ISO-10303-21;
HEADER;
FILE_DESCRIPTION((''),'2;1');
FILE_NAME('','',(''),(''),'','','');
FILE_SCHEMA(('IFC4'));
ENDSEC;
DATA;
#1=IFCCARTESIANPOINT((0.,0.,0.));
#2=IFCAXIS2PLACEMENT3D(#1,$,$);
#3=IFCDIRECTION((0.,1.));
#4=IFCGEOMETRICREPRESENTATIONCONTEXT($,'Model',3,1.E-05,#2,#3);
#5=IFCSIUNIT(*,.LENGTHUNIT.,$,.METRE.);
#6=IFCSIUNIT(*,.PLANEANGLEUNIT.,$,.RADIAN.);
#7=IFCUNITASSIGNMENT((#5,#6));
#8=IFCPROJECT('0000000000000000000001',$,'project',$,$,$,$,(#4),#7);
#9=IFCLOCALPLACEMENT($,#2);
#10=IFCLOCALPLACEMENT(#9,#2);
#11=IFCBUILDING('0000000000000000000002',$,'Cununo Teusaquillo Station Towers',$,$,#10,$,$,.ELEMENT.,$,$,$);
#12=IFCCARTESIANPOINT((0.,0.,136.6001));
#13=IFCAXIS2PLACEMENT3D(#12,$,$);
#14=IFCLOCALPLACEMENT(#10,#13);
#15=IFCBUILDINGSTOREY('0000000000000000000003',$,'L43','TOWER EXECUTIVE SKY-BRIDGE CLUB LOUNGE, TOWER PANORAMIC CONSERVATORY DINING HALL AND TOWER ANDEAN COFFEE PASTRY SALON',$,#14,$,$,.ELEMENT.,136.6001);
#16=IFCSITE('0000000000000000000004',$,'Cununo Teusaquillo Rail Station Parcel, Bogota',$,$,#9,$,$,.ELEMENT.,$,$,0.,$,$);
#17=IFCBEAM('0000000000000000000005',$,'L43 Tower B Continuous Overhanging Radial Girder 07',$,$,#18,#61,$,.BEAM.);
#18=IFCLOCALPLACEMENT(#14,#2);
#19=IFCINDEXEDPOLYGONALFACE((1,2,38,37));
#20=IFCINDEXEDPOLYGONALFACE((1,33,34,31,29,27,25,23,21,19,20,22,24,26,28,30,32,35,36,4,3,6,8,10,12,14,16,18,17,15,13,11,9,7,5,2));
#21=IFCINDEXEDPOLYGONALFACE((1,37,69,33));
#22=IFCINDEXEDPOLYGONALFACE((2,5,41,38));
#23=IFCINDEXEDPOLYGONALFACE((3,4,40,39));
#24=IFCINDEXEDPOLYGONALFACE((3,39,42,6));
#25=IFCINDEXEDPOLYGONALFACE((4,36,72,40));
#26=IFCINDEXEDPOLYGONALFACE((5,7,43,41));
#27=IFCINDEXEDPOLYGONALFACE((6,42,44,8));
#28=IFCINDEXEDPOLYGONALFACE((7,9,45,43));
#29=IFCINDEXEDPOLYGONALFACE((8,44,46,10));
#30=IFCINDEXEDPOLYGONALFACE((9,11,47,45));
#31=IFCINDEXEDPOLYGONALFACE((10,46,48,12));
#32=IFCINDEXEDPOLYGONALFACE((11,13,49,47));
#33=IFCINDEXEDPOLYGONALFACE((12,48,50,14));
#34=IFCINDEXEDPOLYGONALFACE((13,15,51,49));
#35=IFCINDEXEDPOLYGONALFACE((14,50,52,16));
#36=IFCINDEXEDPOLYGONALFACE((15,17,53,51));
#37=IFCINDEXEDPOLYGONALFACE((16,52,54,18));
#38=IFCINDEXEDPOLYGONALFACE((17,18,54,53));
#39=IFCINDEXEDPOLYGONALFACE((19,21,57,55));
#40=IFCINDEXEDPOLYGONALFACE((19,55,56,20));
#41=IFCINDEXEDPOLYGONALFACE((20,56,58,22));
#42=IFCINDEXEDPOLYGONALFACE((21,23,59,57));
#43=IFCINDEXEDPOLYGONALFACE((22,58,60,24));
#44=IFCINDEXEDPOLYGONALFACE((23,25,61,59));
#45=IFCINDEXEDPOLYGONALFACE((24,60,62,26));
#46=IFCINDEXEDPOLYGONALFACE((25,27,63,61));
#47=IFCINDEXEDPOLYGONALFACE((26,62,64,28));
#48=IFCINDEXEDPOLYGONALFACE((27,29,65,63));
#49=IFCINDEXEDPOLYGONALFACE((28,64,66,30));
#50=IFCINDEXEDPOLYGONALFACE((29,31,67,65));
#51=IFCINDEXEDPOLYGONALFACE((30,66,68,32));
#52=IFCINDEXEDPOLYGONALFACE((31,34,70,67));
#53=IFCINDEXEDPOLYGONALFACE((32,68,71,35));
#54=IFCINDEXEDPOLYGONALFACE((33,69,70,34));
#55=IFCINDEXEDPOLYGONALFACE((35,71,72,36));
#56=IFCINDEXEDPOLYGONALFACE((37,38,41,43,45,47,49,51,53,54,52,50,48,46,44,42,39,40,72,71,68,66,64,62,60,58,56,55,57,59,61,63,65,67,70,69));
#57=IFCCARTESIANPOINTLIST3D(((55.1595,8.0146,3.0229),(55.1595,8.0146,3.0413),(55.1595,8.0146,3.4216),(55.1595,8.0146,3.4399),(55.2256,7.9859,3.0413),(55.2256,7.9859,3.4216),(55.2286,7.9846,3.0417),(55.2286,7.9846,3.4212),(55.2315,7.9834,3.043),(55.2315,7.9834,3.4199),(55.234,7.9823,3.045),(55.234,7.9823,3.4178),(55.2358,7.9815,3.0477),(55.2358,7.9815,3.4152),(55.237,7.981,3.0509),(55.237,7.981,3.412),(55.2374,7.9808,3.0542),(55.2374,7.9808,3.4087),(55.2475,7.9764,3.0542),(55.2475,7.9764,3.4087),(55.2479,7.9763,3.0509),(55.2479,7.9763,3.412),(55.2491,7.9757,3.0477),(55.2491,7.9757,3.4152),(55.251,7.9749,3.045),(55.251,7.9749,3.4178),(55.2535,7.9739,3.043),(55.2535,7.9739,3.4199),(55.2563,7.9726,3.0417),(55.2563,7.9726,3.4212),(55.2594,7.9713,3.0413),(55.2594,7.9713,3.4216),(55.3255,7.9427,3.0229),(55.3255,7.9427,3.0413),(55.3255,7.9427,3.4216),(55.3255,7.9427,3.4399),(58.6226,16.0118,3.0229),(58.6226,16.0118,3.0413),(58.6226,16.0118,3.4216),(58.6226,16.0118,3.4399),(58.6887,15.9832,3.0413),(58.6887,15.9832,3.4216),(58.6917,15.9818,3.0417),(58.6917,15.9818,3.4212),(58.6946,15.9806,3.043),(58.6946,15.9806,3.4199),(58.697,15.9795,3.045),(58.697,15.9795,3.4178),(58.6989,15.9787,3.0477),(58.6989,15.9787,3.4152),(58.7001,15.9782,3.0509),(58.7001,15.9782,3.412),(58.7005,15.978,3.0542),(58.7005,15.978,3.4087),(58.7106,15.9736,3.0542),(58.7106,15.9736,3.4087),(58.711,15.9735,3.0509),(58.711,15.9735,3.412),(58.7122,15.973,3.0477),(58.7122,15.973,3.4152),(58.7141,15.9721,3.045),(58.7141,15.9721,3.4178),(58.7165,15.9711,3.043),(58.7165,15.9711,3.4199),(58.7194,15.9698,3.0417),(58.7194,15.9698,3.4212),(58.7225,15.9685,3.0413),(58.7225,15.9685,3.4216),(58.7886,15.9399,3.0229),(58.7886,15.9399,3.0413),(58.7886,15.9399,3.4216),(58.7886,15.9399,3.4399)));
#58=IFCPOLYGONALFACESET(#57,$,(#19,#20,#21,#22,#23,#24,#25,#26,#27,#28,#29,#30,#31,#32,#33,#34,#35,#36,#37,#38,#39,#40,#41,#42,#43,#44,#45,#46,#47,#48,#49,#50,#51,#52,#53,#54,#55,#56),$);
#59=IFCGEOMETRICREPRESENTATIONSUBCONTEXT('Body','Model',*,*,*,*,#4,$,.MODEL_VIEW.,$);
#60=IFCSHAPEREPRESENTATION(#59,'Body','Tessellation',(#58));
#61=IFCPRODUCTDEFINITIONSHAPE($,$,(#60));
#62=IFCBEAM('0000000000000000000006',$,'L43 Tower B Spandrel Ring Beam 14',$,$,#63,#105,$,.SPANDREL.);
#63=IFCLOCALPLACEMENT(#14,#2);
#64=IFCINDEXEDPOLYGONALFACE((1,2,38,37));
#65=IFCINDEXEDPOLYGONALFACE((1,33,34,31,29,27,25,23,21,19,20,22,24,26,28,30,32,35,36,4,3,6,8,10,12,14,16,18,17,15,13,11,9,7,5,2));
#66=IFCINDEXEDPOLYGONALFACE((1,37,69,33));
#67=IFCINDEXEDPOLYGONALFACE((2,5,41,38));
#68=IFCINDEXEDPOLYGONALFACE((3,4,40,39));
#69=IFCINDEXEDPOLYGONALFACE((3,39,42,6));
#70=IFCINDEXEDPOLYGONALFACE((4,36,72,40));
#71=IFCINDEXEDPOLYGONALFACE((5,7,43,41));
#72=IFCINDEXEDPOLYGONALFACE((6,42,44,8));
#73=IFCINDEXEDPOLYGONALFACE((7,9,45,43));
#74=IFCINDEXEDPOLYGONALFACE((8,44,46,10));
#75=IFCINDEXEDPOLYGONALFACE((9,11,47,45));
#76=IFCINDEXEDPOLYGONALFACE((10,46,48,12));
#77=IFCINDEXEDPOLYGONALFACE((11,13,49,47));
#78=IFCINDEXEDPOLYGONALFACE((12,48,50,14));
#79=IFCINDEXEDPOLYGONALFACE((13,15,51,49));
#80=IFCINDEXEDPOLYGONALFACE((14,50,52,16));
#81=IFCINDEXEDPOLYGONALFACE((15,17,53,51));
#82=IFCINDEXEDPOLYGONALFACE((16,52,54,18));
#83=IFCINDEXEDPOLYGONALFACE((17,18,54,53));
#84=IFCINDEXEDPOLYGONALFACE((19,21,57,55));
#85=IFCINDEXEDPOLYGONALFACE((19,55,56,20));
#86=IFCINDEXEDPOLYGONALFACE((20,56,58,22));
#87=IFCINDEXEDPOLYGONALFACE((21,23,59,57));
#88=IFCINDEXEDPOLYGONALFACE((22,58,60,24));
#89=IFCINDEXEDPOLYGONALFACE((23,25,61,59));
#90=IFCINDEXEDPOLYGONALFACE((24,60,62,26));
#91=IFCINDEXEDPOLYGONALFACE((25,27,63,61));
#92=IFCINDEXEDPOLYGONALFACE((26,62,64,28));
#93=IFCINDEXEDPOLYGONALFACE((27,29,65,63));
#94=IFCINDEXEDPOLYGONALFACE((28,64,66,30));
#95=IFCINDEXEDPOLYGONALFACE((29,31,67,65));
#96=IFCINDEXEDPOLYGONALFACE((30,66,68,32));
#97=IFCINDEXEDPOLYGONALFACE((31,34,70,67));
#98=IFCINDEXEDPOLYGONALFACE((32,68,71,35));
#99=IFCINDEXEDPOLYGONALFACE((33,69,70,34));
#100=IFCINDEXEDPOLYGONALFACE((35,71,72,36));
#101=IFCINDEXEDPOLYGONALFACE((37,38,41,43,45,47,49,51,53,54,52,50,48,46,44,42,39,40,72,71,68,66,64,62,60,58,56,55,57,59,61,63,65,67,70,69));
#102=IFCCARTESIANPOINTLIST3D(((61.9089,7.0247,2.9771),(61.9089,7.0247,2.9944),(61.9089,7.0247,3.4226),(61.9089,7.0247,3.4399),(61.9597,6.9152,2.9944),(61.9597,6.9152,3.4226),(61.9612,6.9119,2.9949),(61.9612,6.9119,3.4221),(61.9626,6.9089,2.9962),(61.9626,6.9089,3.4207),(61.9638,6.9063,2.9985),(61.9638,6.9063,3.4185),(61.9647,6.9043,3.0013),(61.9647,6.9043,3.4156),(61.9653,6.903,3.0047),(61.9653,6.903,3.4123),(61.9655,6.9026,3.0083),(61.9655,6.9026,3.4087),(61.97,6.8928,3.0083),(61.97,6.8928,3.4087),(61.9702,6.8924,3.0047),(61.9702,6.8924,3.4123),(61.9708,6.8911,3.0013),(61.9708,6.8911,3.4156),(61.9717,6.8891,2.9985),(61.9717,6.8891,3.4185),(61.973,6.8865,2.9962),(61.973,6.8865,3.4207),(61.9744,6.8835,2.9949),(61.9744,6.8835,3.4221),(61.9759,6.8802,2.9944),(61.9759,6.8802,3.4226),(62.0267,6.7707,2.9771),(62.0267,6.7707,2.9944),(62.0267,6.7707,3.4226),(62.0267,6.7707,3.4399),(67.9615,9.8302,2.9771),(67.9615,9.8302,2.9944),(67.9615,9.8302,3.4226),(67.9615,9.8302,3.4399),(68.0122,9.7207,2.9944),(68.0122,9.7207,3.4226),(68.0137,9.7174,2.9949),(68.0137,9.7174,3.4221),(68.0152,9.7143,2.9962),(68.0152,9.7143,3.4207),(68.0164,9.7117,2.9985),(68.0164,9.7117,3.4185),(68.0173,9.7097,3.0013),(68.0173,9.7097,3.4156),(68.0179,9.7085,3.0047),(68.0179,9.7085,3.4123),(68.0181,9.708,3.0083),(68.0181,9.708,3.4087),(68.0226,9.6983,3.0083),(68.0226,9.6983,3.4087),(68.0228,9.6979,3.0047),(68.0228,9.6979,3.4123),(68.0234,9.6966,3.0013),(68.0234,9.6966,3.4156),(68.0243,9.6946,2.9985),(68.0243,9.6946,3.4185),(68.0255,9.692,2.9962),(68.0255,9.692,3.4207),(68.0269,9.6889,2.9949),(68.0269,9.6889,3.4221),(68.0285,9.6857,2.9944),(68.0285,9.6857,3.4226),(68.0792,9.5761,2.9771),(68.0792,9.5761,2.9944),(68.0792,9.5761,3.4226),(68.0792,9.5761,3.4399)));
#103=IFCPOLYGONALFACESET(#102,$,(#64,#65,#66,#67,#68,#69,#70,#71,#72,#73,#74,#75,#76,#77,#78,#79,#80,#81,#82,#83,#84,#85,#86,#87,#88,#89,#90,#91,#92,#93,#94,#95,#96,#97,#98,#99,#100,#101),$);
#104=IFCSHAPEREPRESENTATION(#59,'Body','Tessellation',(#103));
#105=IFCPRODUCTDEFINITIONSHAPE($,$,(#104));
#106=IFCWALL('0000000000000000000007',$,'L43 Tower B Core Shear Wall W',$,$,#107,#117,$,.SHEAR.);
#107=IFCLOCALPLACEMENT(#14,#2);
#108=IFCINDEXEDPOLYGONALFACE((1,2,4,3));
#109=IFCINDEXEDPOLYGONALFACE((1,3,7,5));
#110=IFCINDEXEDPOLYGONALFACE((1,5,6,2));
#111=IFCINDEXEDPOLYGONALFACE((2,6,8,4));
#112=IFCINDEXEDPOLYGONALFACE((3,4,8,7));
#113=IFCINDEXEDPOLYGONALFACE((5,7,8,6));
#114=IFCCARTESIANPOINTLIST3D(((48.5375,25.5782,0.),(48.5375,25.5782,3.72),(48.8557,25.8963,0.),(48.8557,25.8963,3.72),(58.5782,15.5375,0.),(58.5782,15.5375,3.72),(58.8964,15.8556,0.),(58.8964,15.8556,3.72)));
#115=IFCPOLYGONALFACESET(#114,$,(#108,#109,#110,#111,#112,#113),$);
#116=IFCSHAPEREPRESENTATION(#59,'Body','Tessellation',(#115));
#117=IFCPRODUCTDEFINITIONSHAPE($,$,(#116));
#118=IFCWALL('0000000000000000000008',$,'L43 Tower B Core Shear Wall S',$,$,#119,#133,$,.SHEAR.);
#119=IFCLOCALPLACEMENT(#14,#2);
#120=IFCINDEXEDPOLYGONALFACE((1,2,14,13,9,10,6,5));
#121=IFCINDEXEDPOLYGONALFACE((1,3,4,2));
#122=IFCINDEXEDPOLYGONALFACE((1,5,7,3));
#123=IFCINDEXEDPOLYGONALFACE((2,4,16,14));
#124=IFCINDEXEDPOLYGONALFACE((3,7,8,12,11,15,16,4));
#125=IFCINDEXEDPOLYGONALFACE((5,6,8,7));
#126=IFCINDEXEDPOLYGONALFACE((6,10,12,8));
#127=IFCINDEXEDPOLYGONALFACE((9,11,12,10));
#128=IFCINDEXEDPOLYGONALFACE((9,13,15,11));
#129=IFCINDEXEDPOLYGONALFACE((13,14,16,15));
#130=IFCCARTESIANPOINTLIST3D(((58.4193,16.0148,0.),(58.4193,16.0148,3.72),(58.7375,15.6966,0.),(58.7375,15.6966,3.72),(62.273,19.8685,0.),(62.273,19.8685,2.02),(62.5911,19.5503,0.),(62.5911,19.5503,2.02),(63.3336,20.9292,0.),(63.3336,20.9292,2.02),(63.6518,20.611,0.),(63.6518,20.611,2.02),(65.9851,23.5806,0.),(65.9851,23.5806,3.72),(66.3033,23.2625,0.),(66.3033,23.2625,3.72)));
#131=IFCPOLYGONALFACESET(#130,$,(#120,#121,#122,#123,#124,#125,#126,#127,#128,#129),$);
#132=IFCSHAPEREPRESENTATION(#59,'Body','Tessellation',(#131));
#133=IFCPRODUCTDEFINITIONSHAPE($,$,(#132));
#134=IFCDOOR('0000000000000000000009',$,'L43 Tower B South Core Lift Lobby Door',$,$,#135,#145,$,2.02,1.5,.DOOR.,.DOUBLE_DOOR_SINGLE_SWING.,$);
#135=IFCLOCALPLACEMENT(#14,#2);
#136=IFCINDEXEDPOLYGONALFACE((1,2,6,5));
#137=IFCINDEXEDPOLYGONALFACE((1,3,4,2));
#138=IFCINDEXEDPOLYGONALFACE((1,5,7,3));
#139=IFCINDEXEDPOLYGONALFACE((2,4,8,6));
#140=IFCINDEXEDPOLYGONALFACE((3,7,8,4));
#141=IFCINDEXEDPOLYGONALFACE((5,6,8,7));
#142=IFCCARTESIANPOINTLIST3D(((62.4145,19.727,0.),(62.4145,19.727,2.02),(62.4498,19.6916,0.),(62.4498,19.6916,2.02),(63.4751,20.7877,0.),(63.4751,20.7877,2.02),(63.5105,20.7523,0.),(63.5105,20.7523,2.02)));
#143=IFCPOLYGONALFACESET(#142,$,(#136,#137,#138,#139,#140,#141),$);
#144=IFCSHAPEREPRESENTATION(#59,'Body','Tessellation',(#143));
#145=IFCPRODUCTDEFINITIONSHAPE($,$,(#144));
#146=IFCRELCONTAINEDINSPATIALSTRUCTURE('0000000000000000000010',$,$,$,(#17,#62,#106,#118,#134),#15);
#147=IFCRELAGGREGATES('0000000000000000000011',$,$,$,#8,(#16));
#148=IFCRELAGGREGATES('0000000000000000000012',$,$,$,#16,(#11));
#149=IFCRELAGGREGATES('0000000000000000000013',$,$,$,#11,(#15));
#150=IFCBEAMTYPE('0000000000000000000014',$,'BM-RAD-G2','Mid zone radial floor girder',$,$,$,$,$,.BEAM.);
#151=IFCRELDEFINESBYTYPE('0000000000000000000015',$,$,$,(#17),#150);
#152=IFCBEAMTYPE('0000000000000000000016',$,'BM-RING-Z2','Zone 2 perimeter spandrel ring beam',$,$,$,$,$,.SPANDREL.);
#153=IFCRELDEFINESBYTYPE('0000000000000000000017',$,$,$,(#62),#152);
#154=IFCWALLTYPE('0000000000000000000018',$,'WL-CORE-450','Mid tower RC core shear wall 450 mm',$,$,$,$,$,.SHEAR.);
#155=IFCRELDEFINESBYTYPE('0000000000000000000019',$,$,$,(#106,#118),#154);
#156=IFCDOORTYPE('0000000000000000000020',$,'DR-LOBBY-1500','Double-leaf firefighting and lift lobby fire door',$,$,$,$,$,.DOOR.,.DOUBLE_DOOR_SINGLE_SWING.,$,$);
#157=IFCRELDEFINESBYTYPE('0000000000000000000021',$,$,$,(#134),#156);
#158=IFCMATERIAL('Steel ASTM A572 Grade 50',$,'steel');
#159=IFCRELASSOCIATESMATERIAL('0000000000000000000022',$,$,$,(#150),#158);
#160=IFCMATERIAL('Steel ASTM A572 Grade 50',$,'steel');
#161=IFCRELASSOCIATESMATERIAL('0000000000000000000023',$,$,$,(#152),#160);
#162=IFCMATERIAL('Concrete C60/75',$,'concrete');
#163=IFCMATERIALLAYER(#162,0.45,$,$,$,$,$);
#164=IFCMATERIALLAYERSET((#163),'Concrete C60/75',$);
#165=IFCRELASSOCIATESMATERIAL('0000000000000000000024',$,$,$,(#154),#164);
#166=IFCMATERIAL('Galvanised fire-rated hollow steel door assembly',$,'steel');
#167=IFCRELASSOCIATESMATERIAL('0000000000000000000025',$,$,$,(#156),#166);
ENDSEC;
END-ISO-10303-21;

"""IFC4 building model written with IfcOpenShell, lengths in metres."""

from ifc_helpers import new_model, si_unit, direction, frame, frame_2d, origin, origin_2d, place, context, subcontext, project, spatial, rectangle, i_section, extrude, source, transform, mapped, material, layer, layer_set, material_profile, profile_set, type_object, element, fill, save


model = new_model("IFC4")

# Units and contexts
model_context = context("Model", 3, precision=1e-05, world=origin(), true_north=direction((0.0, 1.0)))
body_context = subcontext(model_context, "Body", "Model", "MODEL_VIEW")
ifc_project = project(units=[si_unit("LENGTHUNIT", "METRE"), si_unit("PLANEANGLEUNIT", "RADIAN")], contexts=[model_context])

# Site, building, storey
site_placement = place(None, origin())
site = spatial("IfcSite", under=ifc_project, at=site_placement, Name="Cununo Teusaquillo Rail Station Parcel, Bogota", CompositionType="ELEMENT", RefElevation=0.0)
building_placement = place(site_placement, origin())
building = spatial("IfcBuilding", under=site, at=building_placement, Name="Cununo Teusaquillo Station Towers", CompositionType="ELEMENT")
storey_placement = place(building_placement, frame((0.0, 0.0, 136.6001)))
storey = spatial("IfcBuildingStorey", under=building, at=storey_placement, Name="L43", Description="TOWER EXECUTIVE SKY-BRIDGE CLUB LOUNGE, TOWER PANORAMIC CONSERVATORY DINING HALL AND TOWER ANDEAN COFFEE PASTRY SALON", CompositionType="ELEMENT", Elevation=136.6001)

# Beams
ifc_material_1 = material(Name="Steel ASTM A572 Grade 50", Category="steel")
ifc_material_profile_1 = material_profile(ifc_material_1, i_section(OverallWidth=0.1809, OverallDepth=0.417, WebThickness=0.011, FlangeThickness=0.0183, FilletRadius=0.0129, at=origin_2d()), Name="W16X57")
ifc_profile_set_1 = profile_set([ifc_material_profile_1], Name="Steel ASTM A572 Grade 50")
beam_type_1 = type_object("IfcBeamType", Name="BM-RAD-G2", Description="Mid zone radial floor girder", PredefinedType="BEAM", material=ifc_profile_set_1)
beam_1_placement = place(storey_placement, frame((58.7056, 15.9758, 3.2314), z_axis=(-0.397379, -0.917655, 0.0), x_axis=(0.917655, -0.397379, 0.0)))
element("IfcBeam", 1, at=beam_1_placement, inside=storey, type_object=beam_type_1, Name="L43 Tower B Continuous Overhanging Radial Girder 07", PredefinedType="BEAM", context=body_context, shape_type="SweptSolid", body=[
    extrude(i_section(OverallWidth=0.1809, OverallDepth=0.417, WebThickness=0.011, FlangeThickness=0.0183, FilletRadius=0.0129, at=origin_2d()), origin(), (0.0, 0.0, 1.0), 8.7148),
])
ifc_material_2 = material(Name="Steel ASTM A572 Grade 50", Category="steel")
ifc_material_profile_2 = material_profile(ifc_material_2, i_section(OverallWidth=0.28, OverallDepth=0.4629, WebThickness=0.0107, FlangeThickness=0.0173, FilletRadius=0.0139, at=origin_2d()), Name="W18X76")
ifc_profile_set_2 = profile_set([ifc_material_profile_2], Name="Steel ASTM A572 Grade 50")
beam_type_2 = type_object("IfcBeamType", Name="BM-RING-Z2", Description="Zone 2 perimeter spandrel ring beam", PredefinedType="SPANDREL", material=ifc_profile_set_2)
beam_2_placement = place(storey_placement, frame((61.9678, 6.8977, 3.2085), z_axis=(0.907276, 0.420536, 0.0), x_axis=(-0.420536, 0.907276, 0.0)))
element("IfcBeam", 2, at=beam_2_placement, inside=storey, type_object=beam_type_2, Name="L43 Tower B Spandrel Ring Beam 14", PredefinedType="SPANDREL", context=body_context, shape_type="SweptSolid", body=[
    extrude(i_section(OverallWidth=0.28, OverallDepth=0.4629, WebThickness=0.0107, FlangeThickness=0.0173, FilletRadius=0.0139, at=origin_2d()), origin(), (0.0, 0.0, 1.0), 6.6711),
])

# Wall
ifc_material_3 = material(Name="Concrete C60/75", Category="concrete")
ifc_layer_1 = layer(ifc_material_3, 0.45)
ifc_layer_set_1 = layer_set([ifc_layer_1], Name="Concrete C60/75")
wall_type_1 = type_object("IfcWallType", Name="WL-CORE-450", Description="Mid tower RC core shear wall 450 mm", PredefinedType="SHEAR", material=ifc_layer_set_1)
wall_1_placement = place(storey_placement, frame((58.7373, 15.6965, 0.0), z_axis=(0.0, 0.0, 1.0), x_axis=(-0.707107, 0.707107, 0.0)))
element("IfcWall", 3, at=wall_1_placement, inside=storey, type_object=wall_type_1, Name="L43 Tower B Core Shear Wall W", PredefinedType="SHEAR", context=body_context, shape_type="SweptSolid", body=[
    extrude(rectangle(XDim=14.1997, YDim=0.45, at=frame_2d((7.0999, 0.0))), origin(), (0.0, 0.0, 1.0), 3.72),
])

# Wall, opening, door
wall_2_placement = place(storey_placement, frame((58.5784, 15.8557, 0.0), z_axis=(0.0, 0.0, 1.0), x_axis=(0.707107, 0.707107, 0.0)))
wall_2 = element("IfcWall", 4, at=wall_2_placement, inside=storey, type_object=wall_type_1, Name="L43 Tower B Core Shear Wall S", PredefinedType="SHEAR", context=body_context, shape_type="SweptSolid", body=[
    extrude(rectangle(XDim=10.6997, YDim=0.45, at=frame_2d((5.3499, 0.0))), origin(), (0.0, 0.0, 1.0), 3.72),
])
shared_shape_1 = source(origin(), body_context, "Body", "SweptSolid", [
    extrude(rectangle(XDim=1.5, YDim=2.02, at=frame_2d((0.75, 1.01))), frame((0.0, 0.2349, 0.0), z_axis=(0.0, -1.0, 0.0), x_axis=(1.0, 0.0, 0.0)), (0.0, 0.0, 1.0), 0.47),
])
opening_1_placement = place(wall_2_placement, frame((5.45, 0.0, 0.0)))
opening_1 = element("IfcOpeningElement", 5, at=opening_1_placement, cuts=wall_2, PredefinedType="OPENING", context=body_context, shape_type="MappedRepresentation", body=[
    mapped(shared_shape_1, transform((0.0, 0.0, 0.0), x_axis=(1.0, 0.0, 0.0), y_axis=(0.0, 1.0, 0.0), z_axis=(0.0, 0.0, 1.0), scale=1.0)),
])
ifc_material_4 = material(Name="Galvanised fire-rated hollow steel door assembly", Category="steel")
door_type_1 = type_object("IfcDoorType", Name="DR-LOBBY-1500", Description="Double-leaf firefighting and lift lobby fire door", OperationType="DOUBLE_DOOR_SINGLE_SWING", PredefinedType="DOOR", material=ifc_material_4)
shared_shape_2 = source(origin(), body_context, "Body", "SweptSolid", [
    extrude(rectangle(XDim=1.5, YDim=2.02, at=frame_2d((0.75, 1.01))), frame((0.0, 0.0249, 0.0), z_axis=(0.0, -1.0, 0.0), x_axis=(1.0, 0.0, 0.0)), (0.0, 0.0, 1.0), 0.05),
])
door_1_placement = place(opening_1_placement, origin())
door_1 = element("IfcDoor", 6, at=door_1_placement, inside=storey, type_object=door_type_1, Name="L43 Tower B South Core Lift Lobby Door", OperationType="DOUBLE_DOOR_SINGLE_SWING", OverallHeight=2.02, OverallWidth=1.5, PredefinedType="DOOR", context=body_context, shape_type="MappedRepresentation", body=[
    mapped(shared_shape_2, transform((0.0, 0.0, 0.0), x_axis=(1.0, 0.0, 0.0), y_axis=(0.0, 1.0, 0.0), z_axis=(0.0, 0.0, 1.0), scale=1.0)),
])
fill(opening_1, door_1)

save(model, "model.ifc")
